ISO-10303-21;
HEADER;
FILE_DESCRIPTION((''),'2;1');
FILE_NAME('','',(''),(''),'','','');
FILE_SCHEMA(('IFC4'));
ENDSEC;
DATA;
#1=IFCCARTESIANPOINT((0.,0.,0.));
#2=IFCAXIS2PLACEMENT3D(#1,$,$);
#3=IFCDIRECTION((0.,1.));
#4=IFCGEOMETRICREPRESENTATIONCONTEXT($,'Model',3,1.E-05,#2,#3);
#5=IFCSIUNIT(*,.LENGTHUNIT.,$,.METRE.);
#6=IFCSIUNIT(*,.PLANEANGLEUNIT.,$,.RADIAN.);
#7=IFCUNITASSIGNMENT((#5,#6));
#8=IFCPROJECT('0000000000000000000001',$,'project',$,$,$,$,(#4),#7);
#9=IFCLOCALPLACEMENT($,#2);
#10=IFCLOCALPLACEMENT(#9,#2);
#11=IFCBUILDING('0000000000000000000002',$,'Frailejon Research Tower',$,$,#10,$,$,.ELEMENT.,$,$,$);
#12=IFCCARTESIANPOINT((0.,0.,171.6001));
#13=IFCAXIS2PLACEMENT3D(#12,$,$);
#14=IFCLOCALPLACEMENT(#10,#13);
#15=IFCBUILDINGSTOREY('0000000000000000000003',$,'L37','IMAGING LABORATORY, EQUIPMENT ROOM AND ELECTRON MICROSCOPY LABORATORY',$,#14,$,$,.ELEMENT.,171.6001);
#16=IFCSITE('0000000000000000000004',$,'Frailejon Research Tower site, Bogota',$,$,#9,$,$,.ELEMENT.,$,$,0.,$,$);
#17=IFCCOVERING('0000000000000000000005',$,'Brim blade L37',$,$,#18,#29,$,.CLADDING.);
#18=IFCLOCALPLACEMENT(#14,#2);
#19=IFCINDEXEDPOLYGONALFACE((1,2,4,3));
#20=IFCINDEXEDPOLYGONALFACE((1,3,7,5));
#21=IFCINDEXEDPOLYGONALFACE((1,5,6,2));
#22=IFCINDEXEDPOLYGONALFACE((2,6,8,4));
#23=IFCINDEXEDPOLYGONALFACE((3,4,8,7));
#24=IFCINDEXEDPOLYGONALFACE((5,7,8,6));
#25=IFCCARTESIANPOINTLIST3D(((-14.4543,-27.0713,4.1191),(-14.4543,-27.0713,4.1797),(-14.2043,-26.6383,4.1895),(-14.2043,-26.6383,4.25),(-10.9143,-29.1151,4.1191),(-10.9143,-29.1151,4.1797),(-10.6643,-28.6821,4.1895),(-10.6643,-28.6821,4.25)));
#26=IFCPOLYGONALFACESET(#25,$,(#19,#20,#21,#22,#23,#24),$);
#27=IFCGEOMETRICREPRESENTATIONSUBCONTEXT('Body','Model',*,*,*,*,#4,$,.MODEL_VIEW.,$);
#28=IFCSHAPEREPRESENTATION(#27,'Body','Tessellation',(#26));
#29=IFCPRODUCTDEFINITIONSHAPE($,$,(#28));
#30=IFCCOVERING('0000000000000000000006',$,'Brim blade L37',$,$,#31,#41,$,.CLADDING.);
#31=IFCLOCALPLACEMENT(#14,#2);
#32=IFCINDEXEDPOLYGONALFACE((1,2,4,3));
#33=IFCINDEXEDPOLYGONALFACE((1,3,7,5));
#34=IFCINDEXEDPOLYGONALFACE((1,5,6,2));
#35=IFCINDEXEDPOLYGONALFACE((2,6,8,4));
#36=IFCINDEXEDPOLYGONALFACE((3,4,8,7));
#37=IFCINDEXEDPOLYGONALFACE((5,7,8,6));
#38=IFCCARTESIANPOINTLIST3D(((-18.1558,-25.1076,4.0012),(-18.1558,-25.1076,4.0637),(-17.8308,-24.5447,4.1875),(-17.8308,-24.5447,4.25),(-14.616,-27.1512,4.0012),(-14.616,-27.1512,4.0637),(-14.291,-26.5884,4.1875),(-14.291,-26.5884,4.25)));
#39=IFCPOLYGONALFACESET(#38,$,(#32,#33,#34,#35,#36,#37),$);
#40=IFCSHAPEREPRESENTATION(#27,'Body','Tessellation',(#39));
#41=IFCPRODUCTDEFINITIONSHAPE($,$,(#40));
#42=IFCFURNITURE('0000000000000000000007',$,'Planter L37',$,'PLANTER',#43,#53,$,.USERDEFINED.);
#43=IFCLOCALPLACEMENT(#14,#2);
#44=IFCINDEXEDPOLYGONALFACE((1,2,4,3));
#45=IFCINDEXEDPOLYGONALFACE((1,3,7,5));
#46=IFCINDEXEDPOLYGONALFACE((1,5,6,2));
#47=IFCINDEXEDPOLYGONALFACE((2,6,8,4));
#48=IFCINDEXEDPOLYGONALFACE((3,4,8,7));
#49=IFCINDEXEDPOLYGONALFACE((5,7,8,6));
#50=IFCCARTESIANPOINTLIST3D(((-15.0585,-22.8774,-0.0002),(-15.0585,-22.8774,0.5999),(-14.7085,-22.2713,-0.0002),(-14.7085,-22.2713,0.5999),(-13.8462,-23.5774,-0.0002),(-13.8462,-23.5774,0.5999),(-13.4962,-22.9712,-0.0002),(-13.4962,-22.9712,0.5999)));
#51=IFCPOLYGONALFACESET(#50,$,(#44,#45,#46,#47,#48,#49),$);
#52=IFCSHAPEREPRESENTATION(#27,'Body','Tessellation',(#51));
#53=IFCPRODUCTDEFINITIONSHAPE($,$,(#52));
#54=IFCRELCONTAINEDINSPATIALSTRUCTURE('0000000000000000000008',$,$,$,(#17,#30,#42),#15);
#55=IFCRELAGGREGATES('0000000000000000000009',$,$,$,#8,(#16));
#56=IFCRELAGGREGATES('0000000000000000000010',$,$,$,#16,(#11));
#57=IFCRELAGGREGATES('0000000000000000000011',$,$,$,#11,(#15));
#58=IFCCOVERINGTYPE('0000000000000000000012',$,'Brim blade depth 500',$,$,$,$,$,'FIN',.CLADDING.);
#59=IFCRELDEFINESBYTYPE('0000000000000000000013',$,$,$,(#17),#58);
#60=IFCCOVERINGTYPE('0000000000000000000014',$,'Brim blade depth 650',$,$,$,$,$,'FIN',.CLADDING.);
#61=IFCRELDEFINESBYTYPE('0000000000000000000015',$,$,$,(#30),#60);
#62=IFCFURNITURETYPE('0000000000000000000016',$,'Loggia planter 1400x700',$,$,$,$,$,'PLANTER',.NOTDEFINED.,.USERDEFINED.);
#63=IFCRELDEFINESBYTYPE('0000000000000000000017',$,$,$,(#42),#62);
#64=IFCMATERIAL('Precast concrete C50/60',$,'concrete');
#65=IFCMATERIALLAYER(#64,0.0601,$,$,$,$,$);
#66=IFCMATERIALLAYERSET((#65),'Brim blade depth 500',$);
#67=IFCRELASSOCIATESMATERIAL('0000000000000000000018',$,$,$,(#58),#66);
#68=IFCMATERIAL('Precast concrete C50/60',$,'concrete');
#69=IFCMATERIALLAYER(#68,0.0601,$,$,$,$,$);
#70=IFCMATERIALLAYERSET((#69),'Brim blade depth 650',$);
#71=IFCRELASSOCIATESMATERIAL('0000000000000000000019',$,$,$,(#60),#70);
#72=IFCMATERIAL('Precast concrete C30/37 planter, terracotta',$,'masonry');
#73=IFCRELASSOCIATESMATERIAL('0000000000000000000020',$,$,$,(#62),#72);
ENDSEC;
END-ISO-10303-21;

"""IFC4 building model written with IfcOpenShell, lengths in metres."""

from ifc_helpers import new_model, si_unit, direction, frame, origin, origin_2d, place, context, subcontext, project, spatial, polyline, rectangle, outline, extrude, material, layer, layer_set, type_object, element, save


model = new_model("IFC4")

# Units and contexts
model_context = context("Model", 3, precision=1e-05, world=origin(), true_north=direction((0.0, 1.0)))
body_context = subcontext(model_context, "Body", "Model", "MODEL_VIEW")
ifc_project = project(units=[si_unit("LENGTHUNIT", "METRE"), si_unit("PLANEANGLEUNIT", "RADIAN")], contexts=[model_context])

# Site, building, storey
site_placement = place(None, origin())
site = spatial("IfcSite", under=ifc_project, at=site_placement, Name="Frailejon Research Tower site, Bogota", CompositionType="ELEMENT", RefElevation=0.0)
building_placement = place(site_placement, origin())
building = spatial("IfcBuilding", under=site, at=building_placement, Name="Frailejon Research Tower", CompositionType="ELEMENT")
storey_placement = place(building_placement, frame((0.0, 0.0, 171.6001)))
storey = spatial("IfcBuildingStorey", under=building, at=storey_placement, Name="L37", Description="IMAGING LABORATORY, EQUIPMENT ROOM AND ELECTRON MICROSCOPY LABORATORY", CompositionType="ELEMENT", Elevation=171.6001)

# Coverings
ifc_material_1 = material(Name="Precast concrete C50/60", Category="concrete")
ifc_layer_1 = layer(ifc_material_1, 0.0601)
ifc_layer_set_1 = layer_set([ifc_layer_1], Name="Brim blade depth 500")
covering_type_1 = type_object("IfcCoveringType", Name="Brim blade depth 500", ElementType="FIN", PredefinedType="CLADDING", material=ifc_layer_set_1)
covering_1_placement = place(storey_placement, frame((-10.6643, -28.6821, 4.25), z_axis=(-0.866027, 0.499997, 0.0), x_axis=(-0.499997, -0.866027, 0.0)))
element("IfcCovering", 1, at=covering_1_placement, inside=storey, type_object=covering_type_1, Name="Brim blade L37", PredefinedType="CLADDING", context=body_context, shape_type="SweptSolid", body=[
    extrude(outline(polyline([(0.0, -0.0605), (0.5, -0.1309), (0.5, -0.0703), (0.0, 0.0), (0.0, -0.0605)])), origin(), (0.0, 0.0, 1.0), 4.0876),
])
ifc_material_2 = material(Name="Precast concrete C50/60", Category="concrete")
ifc_layer_2 = layer(ifc_material_2, 0.0601)
ifc_layer_set_2 = layer_set([ifc_layer_2], Name="Brim blade depth 650")
covering_type_2 = type_object("IfcCoveringType", Name="Brim blade depth 650", ElementType="FIN", PredefinedType="CLADDING", material=ifc_layer_set_2)
covering_2_placement = place(storey_placement, frame((-14.291, -26.5884, 4.25), z_axis=(-0.866032, 0.499989, 0.0), x_axis=(-0.499989, -0.866032, 0.0)))
element("IfcCovering", 2, at=covering_2_placement, inside=storey, type_object=covering_type_2, Name="Brim blade L37", PredefinedType="CLADDING", context=body_context, shape_type="SweptSolid", body=[
    extrude(outline(polyline([(0.0, -0.0625), (0.6499, -0.2488), (0.6499, -0.1863), (0.0, 0.0), (0.0, -0.0625)])), origin(), (0.0, 0.0, 1.0), 4.0874),
])

# Furniture
ifc_material_3 = material(Name="Precast concrete C30/37 planter, terracotta", Category="masonry")
furniture_type = type_object("IfcFurnitureType", Name="Loggia planter 1400x700", ElementType="PLANTER", AssemblyPlace="NOTDEFINED", PredefinedType="USERDEFINED", material=ifc_material_3)
furniture_placement = place(storey_placement, frame((-14.2773, -22.9243, -0.0002), z_axis=(0.0, 0.0, 1.0), x_axis=(0.866025, -0.5, 0.0)))
element("IfcFurniture", 3, at=furniture_placement, inside=storey, type_object=furniture_type, Name="Planter L37", ObjectType="PLANTER", PredefinedType="USERDEFINED", context=body_context, shape_type="SweptSolid", body=[
    extrude(rectangle(XDim=1.3999, YDim=0.7, at=origin_2d()), origin(), (0.0, 0.0, 1.0), 0.6001),
])

save(model, "model.ifc")
